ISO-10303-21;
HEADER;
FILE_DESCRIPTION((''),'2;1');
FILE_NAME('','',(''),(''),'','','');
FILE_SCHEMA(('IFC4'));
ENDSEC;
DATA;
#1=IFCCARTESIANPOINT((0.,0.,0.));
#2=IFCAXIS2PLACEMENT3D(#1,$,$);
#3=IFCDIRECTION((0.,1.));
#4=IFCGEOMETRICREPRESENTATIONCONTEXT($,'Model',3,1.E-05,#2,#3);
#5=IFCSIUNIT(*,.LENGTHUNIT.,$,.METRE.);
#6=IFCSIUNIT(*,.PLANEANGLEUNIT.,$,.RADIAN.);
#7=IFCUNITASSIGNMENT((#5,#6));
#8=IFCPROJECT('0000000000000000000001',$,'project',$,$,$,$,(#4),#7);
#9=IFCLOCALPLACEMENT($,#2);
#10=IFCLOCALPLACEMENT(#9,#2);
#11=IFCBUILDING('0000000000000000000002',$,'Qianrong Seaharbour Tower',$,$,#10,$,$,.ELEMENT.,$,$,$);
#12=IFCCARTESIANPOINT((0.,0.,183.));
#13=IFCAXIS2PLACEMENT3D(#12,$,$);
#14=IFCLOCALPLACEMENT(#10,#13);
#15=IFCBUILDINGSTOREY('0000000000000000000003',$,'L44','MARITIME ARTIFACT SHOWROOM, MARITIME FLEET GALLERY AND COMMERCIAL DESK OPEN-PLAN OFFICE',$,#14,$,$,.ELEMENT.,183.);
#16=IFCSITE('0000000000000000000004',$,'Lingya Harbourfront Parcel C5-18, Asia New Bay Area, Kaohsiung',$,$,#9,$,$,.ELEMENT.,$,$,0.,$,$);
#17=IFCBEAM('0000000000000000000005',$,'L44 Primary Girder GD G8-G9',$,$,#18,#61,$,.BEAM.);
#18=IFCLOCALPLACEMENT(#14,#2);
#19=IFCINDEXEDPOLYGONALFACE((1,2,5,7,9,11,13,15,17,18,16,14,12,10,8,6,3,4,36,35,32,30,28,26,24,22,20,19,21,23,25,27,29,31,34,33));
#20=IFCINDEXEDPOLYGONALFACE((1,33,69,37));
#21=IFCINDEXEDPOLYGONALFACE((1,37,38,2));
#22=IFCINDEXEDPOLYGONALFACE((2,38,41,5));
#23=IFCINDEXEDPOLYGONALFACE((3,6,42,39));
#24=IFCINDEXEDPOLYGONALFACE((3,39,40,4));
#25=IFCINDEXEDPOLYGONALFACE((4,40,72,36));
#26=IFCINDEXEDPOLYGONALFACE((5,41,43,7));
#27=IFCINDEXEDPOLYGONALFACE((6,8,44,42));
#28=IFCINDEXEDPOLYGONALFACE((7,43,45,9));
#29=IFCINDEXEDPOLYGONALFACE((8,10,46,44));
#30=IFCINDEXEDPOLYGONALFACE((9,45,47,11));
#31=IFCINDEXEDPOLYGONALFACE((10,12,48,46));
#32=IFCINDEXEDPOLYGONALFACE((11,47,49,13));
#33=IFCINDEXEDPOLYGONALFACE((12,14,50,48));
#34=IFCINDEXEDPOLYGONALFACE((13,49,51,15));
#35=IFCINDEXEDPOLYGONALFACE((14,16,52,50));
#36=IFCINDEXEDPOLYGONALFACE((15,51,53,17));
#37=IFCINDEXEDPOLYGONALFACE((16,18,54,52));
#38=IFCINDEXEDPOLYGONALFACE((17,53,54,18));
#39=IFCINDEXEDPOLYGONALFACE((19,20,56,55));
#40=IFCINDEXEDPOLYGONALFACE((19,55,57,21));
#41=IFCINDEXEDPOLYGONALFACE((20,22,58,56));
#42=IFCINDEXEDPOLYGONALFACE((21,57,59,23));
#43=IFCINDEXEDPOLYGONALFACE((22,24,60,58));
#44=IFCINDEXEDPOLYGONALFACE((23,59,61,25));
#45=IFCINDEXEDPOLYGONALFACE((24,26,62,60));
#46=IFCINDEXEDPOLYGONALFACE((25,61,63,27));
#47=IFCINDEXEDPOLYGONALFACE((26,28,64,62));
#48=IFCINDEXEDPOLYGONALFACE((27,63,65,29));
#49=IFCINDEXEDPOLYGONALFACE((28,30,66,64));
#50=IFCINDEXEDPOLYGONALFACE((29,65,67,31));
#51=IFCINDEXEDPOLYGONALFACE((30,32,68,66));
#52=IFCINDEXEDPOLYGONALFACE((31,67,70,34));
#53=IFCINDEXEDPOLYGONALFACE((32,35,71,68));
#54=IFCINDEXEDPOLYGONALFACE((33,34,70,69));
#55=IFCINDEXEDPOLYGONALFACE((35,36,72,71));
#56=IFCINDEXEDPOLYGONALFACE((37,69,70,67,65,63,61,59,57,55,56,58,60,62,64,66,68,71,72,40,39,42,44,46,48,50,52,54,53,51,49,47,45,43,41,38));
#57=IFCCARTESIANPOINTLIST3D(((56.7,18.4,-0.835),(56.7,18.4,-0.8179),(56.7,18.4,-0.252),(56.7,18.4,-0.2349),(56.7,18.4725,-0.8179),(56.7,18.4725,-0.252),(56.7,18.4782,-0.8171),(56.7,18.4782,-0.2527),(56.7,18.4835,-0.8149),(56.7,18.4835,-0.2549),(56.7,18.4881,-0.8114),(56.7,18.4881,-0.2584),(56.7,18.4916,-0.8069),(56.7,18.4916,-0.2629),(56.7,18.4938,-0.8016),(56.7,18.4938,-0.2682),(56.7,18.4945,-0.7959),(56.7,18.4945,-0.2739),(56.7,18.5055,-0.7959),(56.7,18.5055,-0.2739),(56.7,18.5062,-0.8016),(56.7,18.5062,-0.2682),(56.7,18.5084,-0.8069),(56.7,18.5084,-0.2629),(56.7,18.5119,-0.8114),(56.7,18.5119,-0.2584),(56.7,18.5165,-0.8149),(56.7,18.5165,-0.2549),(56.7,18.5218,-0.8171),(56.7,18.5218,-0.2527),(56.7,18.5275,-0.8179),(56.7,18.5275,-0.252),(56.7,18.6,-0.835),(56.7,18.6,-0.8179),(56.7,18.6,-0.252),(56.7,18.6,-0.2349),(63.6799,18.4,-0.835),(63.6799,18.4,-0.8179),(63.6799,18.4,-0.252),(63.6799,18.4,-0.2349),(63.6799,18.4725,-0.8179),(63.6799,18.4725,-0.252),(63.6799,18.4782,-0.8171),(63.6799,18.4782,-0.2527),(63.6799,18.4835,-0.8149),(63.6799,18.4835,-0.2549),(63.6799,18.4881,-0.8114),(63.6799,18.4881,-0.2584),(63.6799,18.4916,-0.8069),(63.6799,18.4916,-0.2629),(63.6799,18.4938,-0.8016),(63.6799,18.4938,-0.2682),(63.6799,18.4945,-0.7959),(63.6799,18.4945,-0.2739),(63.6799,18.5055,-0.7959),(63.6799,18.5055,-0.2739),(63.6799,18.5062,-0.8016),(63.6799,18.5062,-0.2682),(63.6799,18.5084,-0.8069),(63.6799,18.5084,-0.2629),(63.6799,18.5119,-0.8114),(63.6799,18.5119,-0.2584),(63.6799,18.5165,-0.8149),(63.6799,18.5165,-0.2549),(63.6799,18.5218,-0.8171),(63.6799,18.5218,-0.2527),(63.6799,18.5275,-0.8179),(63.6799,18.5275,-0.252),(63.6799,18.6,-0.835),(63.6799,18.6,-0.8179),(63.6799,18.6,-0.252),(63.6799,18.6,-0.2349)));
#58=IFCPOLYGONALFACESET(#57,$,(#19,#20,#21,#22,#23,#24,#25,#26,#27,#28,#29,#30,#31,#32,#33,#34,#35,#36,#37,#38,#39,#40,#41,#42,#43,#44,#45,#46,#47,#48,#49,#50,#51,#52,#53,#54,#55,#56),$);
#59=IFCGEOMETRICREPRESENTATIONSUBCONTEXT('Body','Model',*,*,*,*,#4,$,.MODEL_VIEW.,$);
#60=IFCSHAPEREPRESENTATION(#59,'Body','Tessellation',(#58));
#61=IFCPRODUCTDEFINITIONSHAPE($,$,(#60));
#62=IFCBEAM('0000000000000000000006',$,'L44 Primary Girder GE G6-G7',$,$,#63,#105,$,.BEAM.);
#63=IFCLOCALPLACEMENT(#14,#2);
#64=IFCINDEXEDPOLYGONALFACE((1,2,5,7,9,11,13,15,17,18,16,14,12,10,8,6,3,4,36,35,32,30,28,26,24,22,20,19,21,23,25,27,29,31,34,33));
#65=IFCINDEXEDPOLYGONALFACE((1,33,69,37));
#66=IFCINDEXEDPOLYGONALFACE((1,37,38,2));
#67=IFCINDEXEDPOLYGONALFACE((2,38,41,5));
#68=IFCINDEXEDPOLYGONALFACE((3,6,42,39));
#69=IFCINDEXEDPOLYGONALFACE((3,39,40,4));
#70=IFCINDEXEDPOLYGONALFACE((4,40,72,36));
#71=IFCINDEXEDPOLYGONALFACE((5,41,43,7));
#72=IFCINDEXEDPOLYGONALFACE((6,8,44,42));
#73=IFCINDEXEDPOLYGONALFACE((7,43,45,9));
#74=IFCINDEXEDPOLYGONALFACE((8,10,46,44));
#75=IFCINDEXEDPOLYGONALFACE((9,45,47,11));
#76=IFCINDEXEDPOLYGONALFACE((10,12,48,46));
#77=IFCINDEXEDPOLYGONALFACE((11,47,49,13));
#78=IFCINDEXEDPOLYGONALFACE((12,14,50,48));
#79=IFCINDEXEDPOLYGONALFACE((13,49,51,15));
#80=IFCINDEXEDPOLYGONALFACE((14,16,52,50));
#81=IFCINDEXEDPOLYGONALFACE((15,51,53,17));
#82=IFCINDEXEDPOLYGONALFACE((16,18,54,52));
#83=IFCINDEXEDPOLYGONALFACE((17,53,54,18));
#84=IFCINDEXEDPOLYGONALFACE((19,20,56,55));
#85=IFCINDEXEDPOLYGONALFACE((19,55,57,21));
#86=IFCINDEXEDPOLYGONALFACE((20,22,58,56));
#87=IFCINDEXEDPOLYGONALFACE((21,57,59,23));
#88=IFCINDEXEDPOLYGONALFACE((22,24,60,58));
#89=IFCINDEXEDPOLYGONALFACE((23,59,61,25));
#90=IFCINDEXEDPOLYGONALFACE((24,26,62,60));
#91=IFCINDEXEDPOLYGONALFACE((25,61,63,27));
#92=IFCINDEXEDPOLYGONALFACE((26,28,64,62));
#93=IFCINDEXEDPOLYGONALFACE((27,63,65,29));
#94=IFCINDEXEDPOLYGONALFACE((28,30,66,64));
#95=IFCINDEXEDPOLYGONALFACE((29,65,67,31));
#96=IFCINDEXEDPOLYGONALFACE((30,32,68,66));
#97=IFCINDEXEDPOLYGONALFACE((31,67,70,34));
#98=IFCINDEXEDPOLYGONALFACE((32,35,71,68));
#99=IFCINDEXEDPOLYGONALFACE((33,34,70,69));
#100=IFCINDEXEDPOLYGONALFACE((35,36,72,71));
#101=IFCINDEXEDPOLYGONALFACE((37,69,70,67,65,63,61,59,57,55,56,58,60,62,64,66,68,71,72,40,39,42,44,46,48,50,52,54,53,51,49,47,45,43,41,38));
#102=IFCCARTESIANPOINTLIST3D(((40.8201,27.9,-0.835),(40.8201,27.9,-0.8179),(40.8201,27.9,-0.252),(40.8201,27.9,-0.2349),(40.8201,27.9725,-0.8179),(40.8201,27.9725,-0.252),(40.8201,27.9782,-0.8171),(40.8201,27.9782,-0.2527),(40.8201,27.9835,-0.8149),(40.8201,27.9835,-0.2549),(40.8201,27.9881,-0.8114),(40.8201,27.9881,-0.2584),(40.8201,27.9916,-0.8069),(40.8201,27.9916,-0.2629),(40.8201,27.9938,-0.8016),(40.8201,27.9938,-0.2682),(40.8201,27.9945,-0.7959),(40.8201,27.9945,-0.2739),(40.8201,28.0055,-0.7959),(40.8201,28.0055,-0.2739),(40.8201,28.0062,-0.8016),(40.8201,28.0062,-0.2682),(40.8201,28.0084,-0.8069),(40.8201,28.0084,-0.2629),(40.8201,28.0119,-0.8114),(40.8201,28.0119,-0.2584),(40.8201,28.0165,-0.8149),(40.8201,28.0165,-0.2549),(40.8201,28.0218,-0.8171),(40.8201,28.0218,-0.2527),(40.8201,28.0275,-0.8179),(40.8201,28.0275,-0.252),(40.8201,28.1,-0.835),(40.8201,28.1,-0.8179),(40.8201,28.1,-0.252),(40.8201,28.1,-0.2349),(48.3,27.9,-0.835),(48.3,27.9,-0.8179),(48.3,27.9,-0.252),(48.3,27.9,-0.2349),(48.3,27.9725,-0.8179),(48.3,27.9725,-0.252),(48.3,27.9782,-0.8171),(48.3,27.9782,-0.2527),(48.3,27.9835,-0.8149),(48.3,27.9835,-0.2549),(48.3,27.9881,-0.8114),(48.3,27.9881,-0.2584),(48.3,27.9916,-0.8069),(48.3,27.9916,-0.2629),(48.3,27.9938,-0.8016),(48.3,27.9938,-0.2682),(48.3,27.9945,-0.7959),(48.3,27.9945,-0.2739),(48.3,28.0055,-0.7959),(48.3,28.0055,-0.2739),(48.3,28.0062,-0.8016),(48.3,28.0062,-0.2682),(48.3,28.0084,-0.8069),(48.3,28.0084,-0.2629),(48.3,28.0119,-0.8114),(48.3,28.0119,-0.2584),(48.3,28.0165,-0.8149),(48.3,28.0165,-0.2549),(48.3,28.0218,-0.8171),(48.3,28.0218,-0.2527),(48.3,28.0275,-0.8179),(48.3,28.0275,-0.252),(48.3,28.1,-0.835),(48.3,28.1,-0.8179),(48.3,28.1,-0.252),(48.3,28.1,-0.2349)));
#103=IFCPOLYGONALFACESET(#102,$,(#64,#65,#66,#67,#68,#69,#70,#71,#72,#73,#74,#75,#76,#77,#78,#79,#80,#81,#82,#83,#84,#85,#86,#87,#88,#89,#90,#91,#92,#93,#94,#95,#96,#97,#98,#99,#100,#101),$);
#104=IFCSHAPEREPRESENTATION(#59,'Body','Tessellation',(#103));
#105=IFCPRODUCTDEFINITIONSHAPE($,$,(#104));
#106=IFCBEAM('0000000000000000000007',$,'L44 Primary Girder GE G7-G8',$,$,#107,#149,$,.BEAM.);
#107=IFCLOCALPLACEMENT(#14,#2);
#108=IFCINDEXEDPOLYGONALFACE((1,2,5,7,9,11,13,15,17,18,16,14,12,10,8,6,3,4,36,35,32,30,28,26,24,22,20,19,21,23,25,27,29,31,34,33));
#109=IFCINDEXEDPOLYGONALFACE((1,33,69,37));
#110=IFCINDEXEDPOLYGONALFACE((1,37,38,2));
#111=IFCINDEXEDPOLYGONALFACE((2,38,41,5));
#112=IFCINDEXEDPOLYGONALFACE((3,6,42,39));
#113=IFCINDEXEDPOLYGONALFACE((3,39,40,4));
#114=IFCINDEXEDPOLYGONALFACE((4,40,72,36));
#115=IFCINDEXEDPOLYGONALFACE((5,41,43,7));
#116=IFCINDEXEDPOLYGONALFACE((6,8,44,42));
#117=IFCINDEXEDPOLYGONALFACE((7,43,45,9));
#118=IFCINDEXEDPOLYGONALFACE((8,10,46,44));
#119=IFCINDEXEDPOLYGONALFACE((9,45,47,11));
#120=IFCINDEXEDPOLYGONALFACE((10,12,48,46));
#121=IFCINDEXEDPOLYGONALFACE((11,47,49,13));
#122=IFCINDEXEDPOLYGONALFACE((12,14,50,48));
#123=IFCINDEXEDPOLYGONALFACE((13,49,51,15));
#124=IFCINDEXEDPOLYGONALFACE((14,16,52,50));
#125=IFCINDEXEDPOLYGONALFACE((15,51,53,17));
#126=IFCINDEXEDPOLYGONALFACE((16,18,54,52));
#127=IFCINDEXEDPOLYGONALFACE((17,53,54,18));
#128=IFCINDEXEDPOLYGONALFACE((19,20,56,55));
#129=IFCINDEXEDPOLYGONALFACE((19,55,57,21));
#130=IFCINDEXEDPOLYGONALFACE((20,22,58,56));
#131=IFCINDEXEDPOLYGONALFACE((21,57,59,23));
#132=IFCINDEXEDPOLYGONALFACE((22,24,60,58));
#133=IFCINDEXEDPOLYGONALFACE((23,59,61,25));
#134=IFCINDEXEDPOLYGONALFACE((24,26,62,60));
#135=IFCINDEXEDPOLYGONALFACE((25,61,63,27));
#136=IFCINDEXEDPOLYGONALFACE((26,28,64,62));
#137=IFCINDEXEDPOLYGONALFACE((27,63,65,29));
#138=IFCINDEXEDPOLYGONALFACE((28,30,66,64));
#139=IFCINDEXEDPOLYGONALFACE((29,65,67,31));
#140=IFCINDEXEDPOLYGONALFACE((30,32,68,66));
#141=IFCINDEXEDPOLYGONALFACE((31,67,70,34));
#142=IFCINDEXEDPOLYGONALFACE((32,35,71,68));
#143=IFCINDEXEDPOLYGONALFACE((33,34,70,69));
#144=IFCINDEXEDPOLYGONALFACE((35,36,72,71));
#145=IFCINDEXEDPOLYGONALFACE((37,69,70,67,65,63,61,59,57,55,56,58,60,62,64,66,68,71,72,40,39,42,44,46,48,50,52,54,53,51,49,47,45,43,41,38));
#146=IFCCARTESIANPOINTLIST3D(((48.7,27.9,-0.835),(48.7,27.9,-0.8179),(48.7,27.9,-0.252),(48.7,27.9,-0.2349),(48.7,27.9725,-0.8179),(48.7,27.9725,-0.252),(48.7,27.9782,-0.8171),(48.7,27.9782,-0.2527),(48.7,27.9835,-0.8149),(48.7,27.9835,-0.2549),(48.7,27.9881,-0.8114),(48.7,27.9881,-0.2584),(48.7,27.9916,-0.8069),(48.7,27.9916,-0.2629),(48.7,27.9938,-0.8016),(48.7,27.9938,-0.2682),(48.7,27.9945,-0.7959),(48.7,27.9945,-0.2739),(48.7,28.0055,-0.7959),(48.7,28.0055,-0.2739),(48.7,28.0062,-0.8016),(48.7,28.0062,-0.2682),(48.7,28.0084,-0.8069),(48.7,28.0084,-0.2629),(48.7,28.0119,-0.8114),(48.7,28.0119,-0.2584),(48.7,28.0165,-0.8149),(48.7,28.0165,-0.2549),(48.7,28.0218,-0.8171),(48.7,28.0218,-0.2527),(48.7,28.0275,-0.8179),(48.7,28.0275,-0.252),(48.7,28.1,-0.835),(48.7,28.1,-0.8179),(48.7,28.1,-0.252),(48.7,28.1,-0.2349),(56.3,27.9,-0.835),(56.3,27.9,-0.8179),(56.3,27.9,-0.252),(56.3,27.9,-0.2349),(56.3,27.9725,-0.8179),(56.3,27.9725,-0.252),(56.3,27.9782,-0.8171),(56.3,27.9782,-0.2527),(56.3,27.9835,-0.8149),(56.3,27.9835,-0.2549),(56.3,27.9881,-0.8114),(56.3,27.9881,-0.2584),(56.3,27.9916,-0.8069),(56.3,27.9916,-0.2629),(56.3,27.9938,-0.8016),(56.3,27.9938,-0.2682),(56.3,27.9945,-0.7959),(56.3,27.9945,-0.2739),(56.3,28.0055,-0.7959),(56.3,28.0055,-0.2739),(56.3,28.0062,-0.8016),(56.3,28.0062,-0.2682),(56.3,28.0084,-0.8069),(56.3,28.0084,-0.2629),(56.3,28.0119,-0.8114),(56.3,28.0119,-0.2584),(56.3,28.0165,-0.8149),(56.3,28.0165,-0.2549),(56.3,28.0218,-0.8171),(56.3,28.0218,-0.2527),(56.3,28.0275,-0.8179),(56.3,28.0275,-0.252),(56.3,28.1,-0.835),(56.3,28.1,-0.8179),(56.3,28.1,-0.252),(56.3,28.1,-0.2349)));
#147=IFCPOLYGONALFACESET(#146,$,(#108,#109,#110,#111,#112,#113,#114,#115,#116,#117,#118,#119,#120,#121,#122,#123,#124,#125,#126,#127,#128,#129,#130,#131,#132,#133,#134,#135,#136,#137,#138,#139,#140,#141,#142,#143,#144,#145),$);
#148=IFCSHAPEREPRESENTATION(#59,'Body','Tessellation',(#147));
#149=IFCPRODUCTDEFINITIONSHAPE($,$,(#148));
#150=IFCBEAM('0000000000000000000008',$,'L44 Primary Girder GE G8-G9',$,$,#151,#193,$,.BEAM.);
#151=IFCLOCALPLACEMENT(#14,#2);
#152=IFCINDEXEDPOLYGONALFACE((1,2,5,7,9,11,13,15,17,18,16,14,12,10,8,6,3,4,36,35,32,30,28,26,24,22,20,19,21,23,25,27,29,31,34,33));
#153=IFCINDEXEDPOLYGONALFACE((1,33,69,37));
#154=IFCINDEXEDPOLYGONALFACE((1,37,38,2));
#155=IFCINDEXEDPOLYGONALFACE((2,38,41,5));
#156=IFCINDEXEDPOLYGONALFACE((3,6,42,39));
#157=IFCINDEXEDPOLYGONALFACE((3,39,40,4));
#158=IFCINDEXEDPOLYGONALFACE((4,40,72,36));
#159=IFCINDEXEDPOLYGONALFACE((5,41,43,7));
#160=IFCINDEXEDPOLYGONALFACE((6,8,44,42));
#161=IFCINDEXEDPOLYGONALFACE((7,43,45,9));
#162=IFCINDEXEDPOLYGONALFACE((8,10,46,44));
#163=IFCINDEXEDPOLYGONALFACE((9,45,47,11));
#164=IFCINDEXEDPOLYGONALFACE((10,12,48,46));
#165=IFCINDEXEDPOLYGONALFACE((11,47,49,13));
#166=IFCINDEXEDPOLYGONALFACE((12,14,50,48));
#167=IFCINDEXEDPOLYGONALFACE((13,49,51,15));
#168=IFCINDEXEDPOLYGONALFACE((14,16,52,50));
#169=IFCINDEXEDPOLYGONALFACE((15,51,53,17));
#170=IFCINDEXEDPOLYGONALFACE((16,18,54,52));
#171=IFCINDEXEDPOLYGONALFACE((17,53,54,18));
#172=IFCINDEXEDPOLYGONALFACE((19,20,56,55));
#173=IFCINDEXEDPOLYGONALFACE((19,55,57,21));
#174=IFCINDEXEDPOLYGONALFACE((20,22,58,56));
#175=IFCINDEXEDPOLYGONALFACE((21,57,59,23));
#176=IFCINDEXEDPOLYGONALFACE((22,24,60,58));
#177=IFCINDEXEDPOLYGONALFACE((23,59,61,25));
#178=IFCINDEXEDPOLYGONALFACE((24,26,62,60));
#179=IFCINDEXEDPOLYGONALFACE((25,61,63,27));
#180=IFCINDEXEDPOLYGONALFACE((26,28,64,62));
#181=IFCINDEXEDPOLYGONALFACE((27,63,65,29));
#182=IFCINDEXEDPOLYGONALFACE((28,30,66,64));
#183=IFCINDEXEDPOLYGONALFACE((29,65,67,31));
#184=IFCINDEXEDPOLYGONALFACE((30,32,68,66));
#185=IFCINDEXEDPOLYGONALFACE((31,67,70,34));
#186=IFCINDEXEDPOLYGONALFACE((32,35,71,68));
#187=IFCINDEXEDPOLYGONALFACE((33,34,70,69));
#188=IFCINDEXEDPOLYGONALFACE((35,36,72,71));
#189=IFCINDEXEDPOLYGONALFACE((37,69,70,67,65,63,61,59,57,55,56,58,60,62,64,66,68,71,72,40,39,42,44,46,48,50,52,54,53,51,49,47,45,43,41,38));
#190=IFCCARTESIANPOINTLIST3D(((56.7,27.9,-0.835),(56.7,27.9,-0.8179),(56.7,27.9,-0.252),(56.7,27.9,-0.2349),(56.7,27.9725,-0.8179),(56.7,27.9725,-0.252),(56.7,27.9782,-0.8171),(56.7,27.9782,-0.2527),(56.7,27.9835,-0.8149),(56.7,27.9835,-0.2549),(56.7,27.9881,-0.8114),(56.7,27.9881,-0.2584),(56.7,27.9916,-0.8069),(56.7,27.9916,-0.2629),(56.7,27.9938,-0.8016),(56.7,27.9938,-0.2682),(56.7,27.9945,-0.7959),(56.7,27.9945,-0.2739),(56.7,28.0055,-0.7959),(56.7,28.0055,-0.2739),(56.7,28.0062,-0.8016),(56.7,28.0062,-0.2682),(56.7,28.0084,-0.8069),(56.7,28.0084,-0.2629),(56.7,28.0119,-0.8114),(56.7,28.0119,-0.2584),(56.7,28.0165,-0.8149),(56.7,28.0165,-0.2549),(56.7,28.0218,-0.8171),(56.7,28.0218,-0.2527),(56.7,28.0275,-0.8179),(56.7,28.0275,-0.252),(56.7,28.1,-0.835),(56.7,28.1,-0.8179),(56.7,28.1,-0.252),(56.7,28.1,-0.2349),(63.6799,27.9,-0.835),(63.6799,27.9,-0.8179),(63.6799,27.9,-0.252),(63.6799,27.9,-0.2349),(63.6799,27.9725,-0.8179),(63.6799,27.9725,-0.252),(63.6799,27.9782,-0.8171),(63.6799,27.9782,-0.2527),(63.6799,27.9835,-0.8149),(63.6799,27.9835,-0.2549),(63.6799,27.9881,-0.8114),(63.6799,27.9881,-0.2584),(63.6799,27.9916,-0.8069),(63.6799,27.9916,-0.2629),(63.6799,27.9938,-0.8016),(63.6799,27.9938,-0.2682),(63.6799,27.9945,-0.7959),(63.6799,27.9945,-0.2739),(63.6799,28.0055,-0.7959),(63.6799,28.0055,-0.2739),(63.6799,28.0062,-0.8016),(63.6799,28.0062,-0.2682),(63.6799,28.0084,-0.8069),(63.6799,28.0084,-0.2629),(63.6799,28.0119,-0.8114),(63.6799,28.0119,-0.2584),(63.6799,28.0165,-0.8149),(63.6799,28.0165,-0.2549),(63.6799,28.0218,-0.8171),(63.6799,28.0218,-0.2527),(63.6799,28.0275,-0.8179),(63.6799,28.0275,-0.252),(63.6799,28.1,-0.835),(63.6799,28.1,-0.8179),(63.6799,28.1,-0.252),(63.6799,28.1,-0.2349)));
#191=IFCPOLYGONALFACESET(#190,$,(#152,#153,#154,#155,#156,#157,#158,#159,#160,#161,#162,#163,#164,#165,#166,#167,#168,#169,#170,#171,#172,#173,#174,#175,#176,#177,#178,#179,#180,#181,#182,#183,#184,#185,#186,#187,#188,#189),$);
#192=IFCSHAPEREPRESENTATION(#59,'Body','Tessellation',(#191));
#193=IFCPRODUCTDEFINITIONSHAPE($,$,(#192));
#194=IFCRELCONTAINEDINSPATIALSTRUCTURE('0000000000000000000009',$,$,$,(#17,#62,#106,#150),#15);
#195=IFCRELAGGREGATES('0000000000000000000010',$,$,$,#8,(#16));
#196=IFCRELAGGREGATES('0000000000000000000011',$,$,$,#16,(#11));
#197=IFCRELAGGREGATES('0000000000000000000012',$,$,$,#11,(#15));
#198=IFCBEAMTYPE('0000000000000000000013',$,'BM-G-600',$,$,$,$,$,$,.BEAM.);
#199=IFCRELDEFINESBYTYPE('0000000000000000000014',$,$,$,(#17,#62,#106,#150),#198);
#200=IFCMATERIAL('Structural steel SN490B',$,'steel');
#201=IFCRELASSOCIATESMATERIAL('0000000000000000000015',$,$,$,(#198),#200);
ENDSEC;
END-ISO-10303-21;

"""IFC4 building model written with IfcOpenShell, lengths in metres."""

from ifc_helpers import new_model, si_unit, direction, frame, origin, origin_2d, place, context, subcontext, project, spatial, i_section, extrude, material, material_profile, profile_set, type_object, element, save


model = new_model("IFC4")

# Units and contexts
model_context = context("Model", 3, precision=1e-05, world=origin(), true_north=direction((0.0, 1.0)))
body_context = subcontext(model_context, "Body", "Model", "MODEL_VIEW")
ifc_project = project(units=[si_unit("LENGTHUNIT", "METRE"), si_unit("PLANEANGLEUNIT", "RADIAN")], contexts=[model_context])

# Site, building, storey
site_placement = place(None, origin())
site = spatial("IfcSite", under=ifc_project, at=site_placement, Name="Lingya Harbourfront Parcel C5-18, Asia New Bay Area, Kaohsiung", CompositionType="ELEMENT", RefElevation=0.0)
building_placement = place(site_placement, origin())
building = spatial("IfcBuilding", under=site, at=building_placement, Name="Qianrong Seaharbour Tower", CompositionType="ELEMENT")
storey_placement = place(building_placement, frame((0.0, 0.0, 183.0)))
storey = spatial("IfcBuildingStorey", under=building, at=storey_placement, Name="L44", Description="MARITIME ARTIFACT SHOWROOM, MARITIME FLEET GALLERY AND COMMERCIAL DESK OPEN-PLAN OFFICE", CompositionType="ELEMENT", Elevation=183.0)

# Shared definitions
ifc_material_1 = material(Name="Structural steel SN490B", Category="steel")

# Beams
ifc_material_profile_1 = material_profile(ifc_material_1, i_section(OverallWidth=0.2, OverallDepth=0.6001, WebThickness=0.011, FlangeThickness=0.0171, FilletRadius=0.022, at=origin_2d()), Name="H600x200x11x17")
ifc_profile_set_1 = profile_set([ifc_material_profile_1], Name="Structural steel SN490B")
beam_type_1 = type_object("IfcBeamType", Name="BM-G-600", PredefinedType="BEAM", material=ifc_profile_set_1)
beam_1_placement = place(storey_placement, frame((56.7, 18.5, -0.5349), z_axis=(1.0, 0.0, 0.0), x_axis=(0.0, 1.0, 0.0)))
element("IfcBeam", 1, at=beam_1_placement, inside=storey, type_object=beam_type_1, Name="L44 Primary Girder GD G8-G9", PredefinedType="BEAM", context=body_context, shape_type="SweptSolid", body=[
    extrude(i_section(OverallWidth=0.2, OverallDepth=0.6001, WebThickness=0.011, FlangeThickness=0.0171, FilletRadius=0.022, at=origin_2d()), origin(), (0.0, 0.0, 1.0), 6.98),
])
beam_2_placement = place(storey_placement, frame((40.8201, 28.0, -0.5349), z_axis=(1.0, 0.0, 0.0), x_axis=(0.0, 1.0, 0.0)))
element("IfcBeam", 2, at=beam_2_placement, inside=storey, type_object=beam_type_1, Name="L44 Primary Girder GE G6-G7", PredefinedType="BEAM", context=body_context, shape_type="SweptSolid", body=[
    extrude(i_section(OverallWidth=0.2, OverallDepth=0.6001, WebThickness=0.011, FlangeThickness=0.0171, FilletRadius=0.022, at=origin_2d()), origin(), (0.0, 0.0, 1.0), 7.48),
])
beam_3_placement = place(storey_placement, frame((48.7, 28.0, -0.5349), z_axis=(1.0, 0.0, 0.0), x_axis=(0.0, 1.0, 0.0)))
element("IfcBeam", 3, at=beam_3_placement, inside=storey, type_object=beam_type_1, Name="L44 Primary Girder GE G7-G8", PredefinedType="BEAM", context=body_context, shape_type="SweptSolid", body=[
    extrude(i_section(OverallWidth=0.2, OverallDepth=0.6001, WebThickness=0.011, FlangeThickness=0.0171, FilletRadius=0.022, at=origin_2d()), origin(), (0.0, 0.0, 1.0), 7.6001),
])
beam_4_placement = place(storey_placement, frame((56.7, 28.0, -0.5349), z_axis=(1.0, 0.0, 0.0), x_axis=(0.0, 1.0, 0.0)))
element("IfcBeam", 4, at=beam_4_placement, inside=storey, type_object=beam_type_1, Name="L44 Primary Girder GE G8-G9", PredefinedType="BEAM", context=body_context, shape_type="SweptSolid", body=[
    extrude(i_section(OverallWidth=0.2, OverallDepth=0.6001, WebThickness=0.011, FlangeThickness=0.0171, FilletRadius=0.022, at=origin_2d()), origin(), (0.0, 0.0, 1.0), 6.98),
])

save(model, "model.ifc")
